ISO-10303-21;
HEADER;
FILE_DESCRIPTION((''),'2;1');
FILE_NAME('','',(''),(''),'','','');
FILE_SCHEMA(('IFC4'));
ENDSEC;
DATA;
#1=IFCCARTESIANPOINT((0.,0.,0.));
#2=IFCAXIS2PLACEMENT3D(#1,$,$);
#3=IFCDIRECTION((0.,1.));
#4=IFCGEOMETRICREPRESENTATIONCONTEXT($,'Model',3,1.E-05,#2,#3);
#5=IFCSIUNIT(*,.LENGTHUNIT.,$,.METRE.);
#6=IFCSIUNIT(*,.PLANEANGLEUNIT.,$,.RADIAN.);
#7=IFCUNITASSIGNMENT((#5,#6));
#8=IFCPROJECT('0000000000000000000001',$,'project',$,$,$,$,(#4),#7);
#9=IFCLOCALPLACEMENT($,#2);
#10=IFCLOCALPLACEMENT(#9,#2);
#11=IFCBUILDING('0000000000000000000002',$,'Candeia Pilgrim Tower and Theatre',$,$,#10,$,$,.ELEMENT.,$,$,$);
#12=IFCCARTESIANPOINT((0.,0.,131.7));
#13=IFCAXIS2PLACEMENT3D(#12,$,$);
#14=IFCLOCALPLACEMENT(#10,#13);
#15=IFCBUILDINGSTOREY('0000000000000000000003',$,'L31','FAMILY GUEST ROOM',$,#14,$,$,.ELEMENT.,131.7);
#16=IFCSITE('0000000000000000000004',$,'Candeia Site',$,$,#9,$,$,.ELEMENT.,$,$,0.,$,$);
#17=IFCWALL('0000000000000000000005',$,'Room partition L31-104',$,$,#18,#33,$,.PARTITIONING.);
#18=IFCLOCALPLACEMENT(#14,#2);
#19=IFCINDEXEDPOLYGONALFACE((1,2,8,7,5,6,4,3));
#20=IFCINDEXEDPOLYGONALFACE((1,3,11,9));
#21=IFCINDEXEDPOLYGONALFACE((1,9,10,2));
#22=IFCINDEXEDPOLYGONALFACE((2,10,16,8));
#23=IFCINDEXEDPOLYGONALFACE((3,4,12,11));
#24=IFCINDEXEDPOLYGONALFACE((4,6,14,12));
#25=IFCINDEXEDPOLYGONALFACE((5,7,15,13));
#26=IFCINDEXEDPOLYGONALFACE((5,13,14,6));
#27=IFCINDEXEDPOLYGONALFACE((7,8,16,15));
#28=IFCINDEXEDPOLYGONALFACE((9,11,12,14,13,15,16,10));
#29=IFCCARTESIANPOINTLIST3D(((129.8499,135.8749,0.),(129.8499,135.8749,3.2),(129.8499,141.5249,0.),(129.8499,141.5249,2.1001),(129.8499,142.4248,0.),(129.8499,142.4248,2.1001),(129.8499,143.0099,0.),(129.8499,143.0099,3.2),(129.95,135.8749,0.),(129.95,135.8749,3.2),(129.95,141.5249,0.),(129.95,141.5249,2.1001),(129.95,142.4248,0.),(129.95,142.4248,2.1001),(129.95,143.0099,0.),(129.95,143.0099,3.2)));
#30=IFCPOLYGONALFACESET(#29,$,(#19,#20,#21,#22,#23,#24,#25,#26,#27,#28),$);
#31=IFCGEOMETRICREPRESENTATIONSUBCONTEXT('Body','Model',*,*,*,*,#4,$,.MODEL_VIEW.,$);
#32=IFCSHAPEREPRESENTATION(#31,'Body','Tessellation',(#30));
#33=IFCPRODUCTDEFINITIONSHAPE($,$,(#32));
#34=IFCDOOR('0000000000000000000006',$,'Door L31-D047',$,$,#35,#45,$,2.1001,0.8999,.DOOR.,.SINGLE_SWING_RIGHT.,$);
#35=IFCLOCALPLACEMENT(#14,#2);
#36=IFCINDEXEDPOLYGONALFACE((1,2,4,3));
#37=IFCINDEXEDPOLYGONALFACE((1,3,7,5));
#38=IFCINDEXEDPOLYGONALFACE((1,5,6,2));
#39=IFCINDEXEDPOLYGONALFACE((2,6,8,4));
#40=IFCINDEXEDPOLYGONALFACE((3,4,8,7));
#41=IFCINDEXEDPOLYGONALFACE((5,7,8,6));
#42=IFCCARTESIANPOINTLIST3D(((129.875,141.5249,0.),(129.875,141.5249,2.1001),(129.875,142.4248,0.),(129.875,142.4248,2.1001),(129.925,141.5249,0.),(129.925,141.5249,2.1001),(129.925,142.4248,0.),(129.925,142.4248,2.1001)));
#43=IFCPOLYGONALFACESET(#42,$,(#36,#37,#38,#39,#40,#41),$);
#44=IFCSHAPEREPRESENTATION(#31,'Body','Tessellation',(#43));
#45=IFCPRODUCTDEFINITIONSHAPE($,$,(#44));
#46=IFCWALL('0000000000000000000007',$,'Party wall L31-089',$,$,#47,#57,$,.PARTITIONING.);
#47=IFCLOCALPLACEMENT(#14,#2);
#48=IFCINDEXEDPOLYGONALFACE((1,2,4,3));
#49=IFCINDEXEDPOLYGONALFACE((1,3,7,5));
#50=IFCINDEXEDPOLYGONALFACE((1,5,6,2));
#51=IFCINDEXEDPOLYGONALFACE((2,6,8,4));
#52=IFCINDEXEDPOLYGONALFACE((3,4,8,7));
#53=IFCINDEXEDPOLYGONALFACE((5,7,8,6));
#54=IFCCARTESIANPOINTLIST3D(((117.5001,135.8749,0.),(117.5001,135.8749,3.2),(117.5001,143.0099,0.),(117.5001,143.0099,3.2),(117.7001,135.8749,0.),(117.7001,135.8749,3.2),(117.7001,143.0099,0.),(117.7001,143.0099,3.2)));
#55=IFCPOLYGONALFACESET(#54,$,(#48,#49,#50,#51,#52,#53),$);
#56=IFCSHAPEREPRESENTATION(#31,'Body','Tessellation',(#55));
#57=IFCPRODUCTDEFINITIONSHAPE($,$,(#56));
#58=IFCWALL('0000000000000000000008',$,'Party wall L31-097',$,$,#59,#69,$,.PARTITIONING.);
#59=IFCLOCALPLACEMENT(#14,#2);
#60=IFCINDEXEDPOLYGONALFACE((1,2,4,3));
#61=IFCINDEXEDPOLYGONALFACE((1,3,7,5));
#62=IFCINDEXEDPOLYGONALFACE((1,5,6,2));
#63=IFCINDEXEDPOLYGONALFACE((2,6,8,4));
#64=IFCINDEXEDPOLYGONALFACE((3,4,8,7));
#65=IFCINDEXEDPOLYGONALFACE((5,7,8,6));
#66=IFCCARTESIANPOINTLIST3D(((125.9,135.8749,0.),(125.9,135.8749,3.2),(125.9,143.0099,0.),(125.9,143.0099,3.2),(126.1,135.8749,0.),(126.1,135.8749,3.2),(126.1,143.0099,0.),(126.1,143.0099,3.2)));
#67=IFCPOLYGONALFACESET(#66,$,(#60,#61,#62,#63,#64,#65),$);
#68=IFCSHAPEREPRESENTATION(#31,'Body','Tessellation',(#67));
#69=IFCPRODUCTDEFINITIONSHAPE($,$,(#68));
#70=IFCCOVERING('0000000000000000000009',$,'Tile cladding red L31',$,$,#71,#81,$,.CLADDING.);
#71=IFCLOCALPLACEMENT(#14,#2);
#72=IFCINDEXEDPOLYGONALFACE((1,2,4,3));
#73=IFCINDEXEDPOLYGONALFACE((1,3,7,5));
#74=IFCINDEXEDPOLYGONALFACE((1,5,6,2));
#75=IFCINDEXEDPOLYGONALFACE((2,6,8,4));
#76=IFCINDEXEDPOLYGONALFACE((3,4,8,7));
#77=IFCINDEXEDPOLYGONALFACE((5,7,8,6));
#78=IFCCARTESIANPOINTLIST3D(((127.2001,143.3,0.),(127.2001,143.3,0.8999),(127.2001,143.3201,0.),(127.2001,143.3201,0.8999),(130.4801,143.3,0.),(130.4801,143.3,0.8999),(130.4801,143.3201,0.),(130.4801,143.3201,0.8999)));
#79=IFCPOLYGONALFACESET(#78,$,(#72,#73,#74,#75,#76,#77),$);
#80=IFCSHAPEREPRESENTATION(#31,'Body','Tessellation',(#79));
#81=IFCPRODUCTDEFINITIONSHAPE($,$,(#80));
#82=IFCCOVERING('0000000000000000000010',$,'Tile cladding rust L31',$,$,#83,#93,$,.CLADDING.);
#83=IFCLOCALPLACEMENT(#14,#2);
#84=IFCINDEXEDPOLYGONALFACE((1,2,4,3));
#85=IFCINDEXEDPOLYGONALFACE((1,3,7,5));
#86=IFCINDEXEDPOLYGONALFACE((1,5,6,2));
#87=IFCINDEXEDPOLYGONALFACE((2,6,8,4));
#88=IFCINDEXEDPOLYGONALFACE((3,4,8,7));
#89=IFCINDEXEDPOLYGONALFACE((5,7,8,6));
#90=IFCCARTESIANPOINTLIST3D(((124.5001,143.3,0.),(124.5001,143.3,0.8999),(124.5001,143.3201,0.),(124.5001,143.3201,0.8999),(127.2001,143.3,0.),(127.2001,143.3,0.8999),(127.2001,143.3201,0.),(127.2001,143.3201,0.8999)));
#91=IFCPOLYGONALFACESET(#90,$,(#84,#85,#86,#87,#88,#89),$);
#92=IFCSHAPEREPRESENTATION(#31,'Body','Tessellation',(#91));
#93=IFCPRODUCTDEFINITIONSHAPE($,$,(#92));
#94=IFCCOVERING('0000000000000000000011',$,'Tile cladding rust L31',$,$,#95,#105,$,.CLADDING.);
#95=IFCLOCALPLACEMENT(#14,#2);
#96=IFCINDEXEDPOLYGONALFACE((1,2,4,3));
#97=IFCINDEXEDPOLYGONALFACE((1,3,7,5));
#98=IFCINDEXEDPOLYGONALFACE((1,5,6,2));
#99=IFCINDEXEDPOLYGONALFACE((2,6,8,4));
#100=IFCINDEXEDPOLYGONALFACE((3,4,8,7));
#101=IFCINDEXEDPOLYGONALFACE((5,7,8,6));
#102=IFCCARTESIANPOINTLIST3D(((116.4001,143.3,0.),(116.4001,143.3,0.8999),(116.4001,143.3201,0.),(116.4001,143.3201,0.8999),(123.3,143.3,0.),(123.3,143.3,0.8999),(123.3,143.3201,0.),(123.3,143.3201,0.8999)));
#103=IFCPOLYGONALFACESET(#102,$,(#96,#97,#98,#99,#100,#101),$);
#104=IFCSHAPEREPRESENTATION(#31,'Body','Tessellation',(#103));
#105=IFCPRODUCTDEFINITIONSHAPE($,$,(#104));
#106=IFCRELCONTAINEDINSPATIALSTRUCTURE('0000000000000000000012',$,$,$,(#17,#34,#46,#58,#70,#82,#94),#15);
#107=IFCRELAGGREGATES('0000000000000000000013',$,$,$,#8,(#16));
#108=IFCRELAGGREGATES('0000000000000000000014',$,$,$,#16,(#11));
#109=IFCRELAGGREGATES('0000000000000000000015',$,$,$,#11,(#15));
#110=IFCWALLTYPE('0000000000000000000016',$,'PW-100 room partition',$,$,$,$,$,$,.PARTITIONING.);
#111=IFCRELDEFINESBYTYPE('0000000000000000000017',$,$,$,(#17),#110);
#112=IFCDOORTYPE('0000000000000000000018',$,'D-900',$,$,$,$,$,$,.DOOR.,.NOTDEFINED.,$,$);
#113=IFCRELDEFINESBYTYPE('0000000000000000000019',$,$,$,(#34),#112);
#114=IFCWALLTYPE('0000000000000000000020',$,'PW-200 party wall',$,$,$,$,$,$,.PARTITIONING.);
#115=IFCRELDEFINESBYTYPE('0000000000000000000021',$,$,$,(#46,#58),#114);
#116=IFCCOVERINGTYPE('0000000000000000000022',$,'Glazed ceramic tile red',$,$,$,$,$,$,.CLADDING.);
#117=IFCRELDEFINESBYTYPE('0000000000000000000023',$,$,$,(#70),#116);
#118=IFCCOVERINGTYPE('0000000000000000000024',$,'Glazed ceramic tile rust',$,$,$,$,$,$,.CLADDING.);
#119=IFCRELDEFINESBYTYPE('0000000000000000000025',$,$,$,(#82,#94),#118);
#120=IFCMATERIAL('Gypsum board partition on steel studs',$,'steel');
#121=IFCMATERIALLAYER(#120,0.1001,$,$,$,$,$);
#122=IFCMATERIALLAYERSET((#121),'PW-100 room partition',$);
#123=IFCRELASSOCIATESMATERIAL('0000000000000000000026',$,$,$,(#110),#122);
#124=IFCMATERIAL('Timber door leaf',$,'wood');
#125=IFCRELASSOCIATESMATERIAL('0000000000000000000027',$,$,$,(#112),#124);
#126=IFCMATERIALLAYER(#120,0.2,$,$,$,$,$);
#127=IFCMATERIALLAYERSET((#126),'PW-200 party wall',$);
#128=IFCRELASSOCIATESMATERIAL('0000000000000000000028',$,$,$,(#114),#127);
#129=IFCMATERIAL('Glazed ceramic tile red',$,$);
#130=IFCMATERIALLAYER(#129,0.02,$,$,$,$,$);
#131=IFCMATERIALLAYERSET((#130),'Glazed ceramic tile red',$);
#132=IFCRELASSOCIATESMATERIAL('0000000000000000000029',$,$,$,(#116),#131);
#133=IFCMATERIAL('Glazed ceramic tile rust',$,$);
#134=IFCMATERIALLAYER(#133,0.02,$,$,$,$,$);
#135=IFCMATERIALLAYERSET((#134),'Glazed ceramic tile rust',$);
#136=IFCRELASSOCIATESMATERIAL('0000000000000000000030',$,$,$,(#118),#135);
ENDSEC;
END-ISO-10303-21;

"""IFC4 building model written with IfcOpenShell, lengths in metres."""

from ifc_helpers import new_model, si_unit, direction, frame, frame_2d, origin, origin_2d, place, context, subcontext, project, spatial, rectangle, extrude, material, layer, layer_set, type_object, element, fill, save


model = new_model("IFC4")

# Units and contexts
model_context = context("Model", 3, precision=1e-05, world=origin(), true_north=direction((0.0, 1.0)))
body_context = subcontext(model_context, "Body", "Model", "MODEL_VIEW")
ifc_project = project(units=[si_unit("LENGTHUNIT", "METRE"), si_unit("PLANEANGLEUNIT", "RADIAN")], contexts=[model_context])

# Site, building, storey
site_placement = place(None, origin())
site = spatial("IfcSite", under=ifc_project, at=site_placement, Name="Candeia Site", CompositionType="ELEMENT", RefElevation=0.0)
building_placement = place(site_placement, origin())
building = spatial("IfcBuilding", under=site, at=building_placement, Name="Candeia Pilgrim Tower and Theatre", CompositionType="ELEMENT")
storey_placement = place(building_placement, frame((0.0, 0.0, 131.7)))
storey = spatial("IfcBuildingStorey", under=building, at=storey_placement, Name="L31", Description="FAMILY GUEST ROOM", CompositionType="ELEMENT", Elevation=131.7)

# Shared definitions
ifc_material_1 = material(Name="Gypsum board partition on steel studs", Category="steel")
ifc_layer_1 = layer(ifc_material_1, 0.1001)
ifc_layer_set_1 = layer_set([ifc_layer_1], Name="PW-100 room partition")
wall_type_1 = type_object("IfcWallType", Name="PW-100 room partition", PredefinedType="PARTITIONING", material=ifc_layer_set_1)
ifc_material_2 = material(Name="Timber door leaf", Category="wood")

# Wall, opening, door
wall_1_placement = place(storey_placement, frame((129.8999, 135.875, 0.0), z_axis=(0.0, 0.0, 1.0), x_axis=(0.0, 1.0, 0.0)))
wall_1 = element("IfcWall", 1, at=wall_1_placement, inside=storey, type_object=wall_type_1, Name="Room partition L31-104", PredefinedType="PARTITIONING", context=body_context, shape_type="SweptSolid", body=[
    extrude(rectangle(XDim=7.135, YDim=0.1001, at=frame_2d((3.5674, 0.0))), origin(), (0.0, 0.0, 1.0), 3.2),
])
opening_1_placement = place(wall_1_placement, frame((5.6499, 0.0, 0.0)))
opening_1 = element("IfcOpeningElement", 2, at=opening_1_placement, cuts=wall_1, PredefinedType="OPENING", context=body_context, shape_type="SweptSolid", body=[
    extrude(rectangle(XDim=0.8999, YDim=2.1001, at=frame_2d((0.45, 1.05))), frame((0.0, 0.0601, 0.0), z_axis=(0.0, -1.0, 0.0), x_axis=(1.0, 0.0, 0.0)), (0.0, 0.0, 1.0), 0.1201),
])
door_type_1 = type_object("IfcDoorType", Name="D-900", OperationType="NOTDEFINED", PredefinedType="DOOR", material=ifc_material_2)
door_1_placement = place(opening_1_placement, origin())
door_1 = element("IfcDoor", 3, at=door_1_placement, inside=storey, type_object=door_type_1, Name="Door L31-D047", OperationType="SINGLE_SWING_RIGHT", OverallHeight=2.1001, OverallWidth=0.8999, PredefinedType="DOOR", context=body_context, shape_type="SweptSolid", body=[
    extrude(rectangle(XDim=0.8999, YDim=2.1001, at=frame_2d((0.45, 1.05))), frame((0.0, 0.0249, 0.0), z_axis=(0.0, -1.0, 0.0), x_axis=(1.0, 0.0, 0.0)), (0.0, 0.0, 1.0), 0.05),
])
fill(opening_1, door_1)

# Walls
ifc_layer_2 = layer(ifc_material_1, 0.2)
ifc_layer_set_2 = layer_set([ifc_layer_2], Name="PW-200 party wall")
wall_type_2 = type_object("IfcWallType", Name="PW-200 party wall", PredefinedType="PARTITIONING", material=ifc_layer_set_2)
for number, where, z_axis, x_axis, name in (
    (4, (117.6001, 135.875, 0.0), (0.0, 0.0, 1.0), (0.0, 1.0, 0.0), "Party wall L31-089"),
    (5, (126.0, 135.875, 0.0), (0.0, 0.0, 1.0), (0.0, 1.0, 0.0), "Party wall L31-097"),
):
    element("IfcWall", number, at=place(storey_placement, frame(where, z_axis=z_axis, x_axis=x_axis)), inside=storey, type_object=wall_type_2, Name=name, PredefinedType="PARTITIONING", context=body_context, shape_type="SweptSolid", body=[
        extrude(rectangle(XDim=7.135, YDim=0.2, at=frame_2d((3.5674, 0.0))), origin(), (0.0, 0.0, 1.0), 3.2),
    ])

# Coverings
ifc_material_3 = material(Name="Glazed ceramic tile red")
ifc_layer_3 = layer(ifc_material_3, 0.02)
ifc_layer_set_3 = layer_set([ifc_layer_3], Name="Glazed ceramic tile red")
covering_type_1 = type_object("IfcCoveringType", Name="Glazed ceramic tile red", PredefinedType="CLADDING", material=ifc_layer_set_3)
covering_1_placement = place(storey_placement, frame((128.8401, 143.3101, 0.0), z_axis=(0.0, 0.0, 1.0), x_axis=(-1.0, 0.0, 0.0)))
element("IfcCovering", 6, at=covering_1_placement, inside=storey, type_object=covering_type_1, Name="Tile cladding red L31", PredefinedType="CLADDING", context=body_context, shape_type="SweptSolid", body=[
    extrude(rectangle(XDim=3.28, YDim=0.02, at=origin_2d()), origin(), (0.0, 0.0, 1.0), 0.8999),
])
ifc_material_4 = material(Name="Glazed ceramic tile rust")
ifc_layer_4 = layer(ifc_material_4, 0.02)
ifc_layer_set_4 = layer_set([ifc_layer_4], Name="Glazed ceramic tile rust")
covering_type_2 = type_object("IfcCoveringType", Name="Glazed ceramic tile rust", PredefinedType="CLADDING", material=ifc_layer_set_4)
covering_2_placement = place(storey_placement, frame((125.8501, 143.3101, 0.0), z_axis=(0.0, 0.0, 1.0), x_axis=(-1.0, 0.0, 0.0)))
element("IfcCovering", 7, at=covering_2_placement, inside=storey, type_object=covering_type_2, Name="Tile cladding rust L31", PredefinedType="CLADDING", context=body_context, shape_type="SweptSolid", body=[
    extrude(rectangle(XDim=2.7, YDim=0.02, at=origin_2d()), origin(), (0.0, 0.0, 1.0), 0.8999),
])
covering_3_placement = place(storey_placement, frame((119.8501, 143.3101, 0.0), z_axis=(0.0, 0.0, 1.0), x_axis=(-1.0, 0.0, 0.0)))
element("IfcCovering", 8, at=covering_3_placement, inside=storey, type_object=covering_type_2, Name="Tile cladding rust L31", PredefinedType="CLADDING", context=body_context, shape_type="SweptSolid", body=[
    extrude(rectangle(XDim=6.8999, YDim=0.02, at=origin_2d()), origin(), (0.0, 0.0, 1.0), 0.8999),
])

save(model, "model.ifc")
